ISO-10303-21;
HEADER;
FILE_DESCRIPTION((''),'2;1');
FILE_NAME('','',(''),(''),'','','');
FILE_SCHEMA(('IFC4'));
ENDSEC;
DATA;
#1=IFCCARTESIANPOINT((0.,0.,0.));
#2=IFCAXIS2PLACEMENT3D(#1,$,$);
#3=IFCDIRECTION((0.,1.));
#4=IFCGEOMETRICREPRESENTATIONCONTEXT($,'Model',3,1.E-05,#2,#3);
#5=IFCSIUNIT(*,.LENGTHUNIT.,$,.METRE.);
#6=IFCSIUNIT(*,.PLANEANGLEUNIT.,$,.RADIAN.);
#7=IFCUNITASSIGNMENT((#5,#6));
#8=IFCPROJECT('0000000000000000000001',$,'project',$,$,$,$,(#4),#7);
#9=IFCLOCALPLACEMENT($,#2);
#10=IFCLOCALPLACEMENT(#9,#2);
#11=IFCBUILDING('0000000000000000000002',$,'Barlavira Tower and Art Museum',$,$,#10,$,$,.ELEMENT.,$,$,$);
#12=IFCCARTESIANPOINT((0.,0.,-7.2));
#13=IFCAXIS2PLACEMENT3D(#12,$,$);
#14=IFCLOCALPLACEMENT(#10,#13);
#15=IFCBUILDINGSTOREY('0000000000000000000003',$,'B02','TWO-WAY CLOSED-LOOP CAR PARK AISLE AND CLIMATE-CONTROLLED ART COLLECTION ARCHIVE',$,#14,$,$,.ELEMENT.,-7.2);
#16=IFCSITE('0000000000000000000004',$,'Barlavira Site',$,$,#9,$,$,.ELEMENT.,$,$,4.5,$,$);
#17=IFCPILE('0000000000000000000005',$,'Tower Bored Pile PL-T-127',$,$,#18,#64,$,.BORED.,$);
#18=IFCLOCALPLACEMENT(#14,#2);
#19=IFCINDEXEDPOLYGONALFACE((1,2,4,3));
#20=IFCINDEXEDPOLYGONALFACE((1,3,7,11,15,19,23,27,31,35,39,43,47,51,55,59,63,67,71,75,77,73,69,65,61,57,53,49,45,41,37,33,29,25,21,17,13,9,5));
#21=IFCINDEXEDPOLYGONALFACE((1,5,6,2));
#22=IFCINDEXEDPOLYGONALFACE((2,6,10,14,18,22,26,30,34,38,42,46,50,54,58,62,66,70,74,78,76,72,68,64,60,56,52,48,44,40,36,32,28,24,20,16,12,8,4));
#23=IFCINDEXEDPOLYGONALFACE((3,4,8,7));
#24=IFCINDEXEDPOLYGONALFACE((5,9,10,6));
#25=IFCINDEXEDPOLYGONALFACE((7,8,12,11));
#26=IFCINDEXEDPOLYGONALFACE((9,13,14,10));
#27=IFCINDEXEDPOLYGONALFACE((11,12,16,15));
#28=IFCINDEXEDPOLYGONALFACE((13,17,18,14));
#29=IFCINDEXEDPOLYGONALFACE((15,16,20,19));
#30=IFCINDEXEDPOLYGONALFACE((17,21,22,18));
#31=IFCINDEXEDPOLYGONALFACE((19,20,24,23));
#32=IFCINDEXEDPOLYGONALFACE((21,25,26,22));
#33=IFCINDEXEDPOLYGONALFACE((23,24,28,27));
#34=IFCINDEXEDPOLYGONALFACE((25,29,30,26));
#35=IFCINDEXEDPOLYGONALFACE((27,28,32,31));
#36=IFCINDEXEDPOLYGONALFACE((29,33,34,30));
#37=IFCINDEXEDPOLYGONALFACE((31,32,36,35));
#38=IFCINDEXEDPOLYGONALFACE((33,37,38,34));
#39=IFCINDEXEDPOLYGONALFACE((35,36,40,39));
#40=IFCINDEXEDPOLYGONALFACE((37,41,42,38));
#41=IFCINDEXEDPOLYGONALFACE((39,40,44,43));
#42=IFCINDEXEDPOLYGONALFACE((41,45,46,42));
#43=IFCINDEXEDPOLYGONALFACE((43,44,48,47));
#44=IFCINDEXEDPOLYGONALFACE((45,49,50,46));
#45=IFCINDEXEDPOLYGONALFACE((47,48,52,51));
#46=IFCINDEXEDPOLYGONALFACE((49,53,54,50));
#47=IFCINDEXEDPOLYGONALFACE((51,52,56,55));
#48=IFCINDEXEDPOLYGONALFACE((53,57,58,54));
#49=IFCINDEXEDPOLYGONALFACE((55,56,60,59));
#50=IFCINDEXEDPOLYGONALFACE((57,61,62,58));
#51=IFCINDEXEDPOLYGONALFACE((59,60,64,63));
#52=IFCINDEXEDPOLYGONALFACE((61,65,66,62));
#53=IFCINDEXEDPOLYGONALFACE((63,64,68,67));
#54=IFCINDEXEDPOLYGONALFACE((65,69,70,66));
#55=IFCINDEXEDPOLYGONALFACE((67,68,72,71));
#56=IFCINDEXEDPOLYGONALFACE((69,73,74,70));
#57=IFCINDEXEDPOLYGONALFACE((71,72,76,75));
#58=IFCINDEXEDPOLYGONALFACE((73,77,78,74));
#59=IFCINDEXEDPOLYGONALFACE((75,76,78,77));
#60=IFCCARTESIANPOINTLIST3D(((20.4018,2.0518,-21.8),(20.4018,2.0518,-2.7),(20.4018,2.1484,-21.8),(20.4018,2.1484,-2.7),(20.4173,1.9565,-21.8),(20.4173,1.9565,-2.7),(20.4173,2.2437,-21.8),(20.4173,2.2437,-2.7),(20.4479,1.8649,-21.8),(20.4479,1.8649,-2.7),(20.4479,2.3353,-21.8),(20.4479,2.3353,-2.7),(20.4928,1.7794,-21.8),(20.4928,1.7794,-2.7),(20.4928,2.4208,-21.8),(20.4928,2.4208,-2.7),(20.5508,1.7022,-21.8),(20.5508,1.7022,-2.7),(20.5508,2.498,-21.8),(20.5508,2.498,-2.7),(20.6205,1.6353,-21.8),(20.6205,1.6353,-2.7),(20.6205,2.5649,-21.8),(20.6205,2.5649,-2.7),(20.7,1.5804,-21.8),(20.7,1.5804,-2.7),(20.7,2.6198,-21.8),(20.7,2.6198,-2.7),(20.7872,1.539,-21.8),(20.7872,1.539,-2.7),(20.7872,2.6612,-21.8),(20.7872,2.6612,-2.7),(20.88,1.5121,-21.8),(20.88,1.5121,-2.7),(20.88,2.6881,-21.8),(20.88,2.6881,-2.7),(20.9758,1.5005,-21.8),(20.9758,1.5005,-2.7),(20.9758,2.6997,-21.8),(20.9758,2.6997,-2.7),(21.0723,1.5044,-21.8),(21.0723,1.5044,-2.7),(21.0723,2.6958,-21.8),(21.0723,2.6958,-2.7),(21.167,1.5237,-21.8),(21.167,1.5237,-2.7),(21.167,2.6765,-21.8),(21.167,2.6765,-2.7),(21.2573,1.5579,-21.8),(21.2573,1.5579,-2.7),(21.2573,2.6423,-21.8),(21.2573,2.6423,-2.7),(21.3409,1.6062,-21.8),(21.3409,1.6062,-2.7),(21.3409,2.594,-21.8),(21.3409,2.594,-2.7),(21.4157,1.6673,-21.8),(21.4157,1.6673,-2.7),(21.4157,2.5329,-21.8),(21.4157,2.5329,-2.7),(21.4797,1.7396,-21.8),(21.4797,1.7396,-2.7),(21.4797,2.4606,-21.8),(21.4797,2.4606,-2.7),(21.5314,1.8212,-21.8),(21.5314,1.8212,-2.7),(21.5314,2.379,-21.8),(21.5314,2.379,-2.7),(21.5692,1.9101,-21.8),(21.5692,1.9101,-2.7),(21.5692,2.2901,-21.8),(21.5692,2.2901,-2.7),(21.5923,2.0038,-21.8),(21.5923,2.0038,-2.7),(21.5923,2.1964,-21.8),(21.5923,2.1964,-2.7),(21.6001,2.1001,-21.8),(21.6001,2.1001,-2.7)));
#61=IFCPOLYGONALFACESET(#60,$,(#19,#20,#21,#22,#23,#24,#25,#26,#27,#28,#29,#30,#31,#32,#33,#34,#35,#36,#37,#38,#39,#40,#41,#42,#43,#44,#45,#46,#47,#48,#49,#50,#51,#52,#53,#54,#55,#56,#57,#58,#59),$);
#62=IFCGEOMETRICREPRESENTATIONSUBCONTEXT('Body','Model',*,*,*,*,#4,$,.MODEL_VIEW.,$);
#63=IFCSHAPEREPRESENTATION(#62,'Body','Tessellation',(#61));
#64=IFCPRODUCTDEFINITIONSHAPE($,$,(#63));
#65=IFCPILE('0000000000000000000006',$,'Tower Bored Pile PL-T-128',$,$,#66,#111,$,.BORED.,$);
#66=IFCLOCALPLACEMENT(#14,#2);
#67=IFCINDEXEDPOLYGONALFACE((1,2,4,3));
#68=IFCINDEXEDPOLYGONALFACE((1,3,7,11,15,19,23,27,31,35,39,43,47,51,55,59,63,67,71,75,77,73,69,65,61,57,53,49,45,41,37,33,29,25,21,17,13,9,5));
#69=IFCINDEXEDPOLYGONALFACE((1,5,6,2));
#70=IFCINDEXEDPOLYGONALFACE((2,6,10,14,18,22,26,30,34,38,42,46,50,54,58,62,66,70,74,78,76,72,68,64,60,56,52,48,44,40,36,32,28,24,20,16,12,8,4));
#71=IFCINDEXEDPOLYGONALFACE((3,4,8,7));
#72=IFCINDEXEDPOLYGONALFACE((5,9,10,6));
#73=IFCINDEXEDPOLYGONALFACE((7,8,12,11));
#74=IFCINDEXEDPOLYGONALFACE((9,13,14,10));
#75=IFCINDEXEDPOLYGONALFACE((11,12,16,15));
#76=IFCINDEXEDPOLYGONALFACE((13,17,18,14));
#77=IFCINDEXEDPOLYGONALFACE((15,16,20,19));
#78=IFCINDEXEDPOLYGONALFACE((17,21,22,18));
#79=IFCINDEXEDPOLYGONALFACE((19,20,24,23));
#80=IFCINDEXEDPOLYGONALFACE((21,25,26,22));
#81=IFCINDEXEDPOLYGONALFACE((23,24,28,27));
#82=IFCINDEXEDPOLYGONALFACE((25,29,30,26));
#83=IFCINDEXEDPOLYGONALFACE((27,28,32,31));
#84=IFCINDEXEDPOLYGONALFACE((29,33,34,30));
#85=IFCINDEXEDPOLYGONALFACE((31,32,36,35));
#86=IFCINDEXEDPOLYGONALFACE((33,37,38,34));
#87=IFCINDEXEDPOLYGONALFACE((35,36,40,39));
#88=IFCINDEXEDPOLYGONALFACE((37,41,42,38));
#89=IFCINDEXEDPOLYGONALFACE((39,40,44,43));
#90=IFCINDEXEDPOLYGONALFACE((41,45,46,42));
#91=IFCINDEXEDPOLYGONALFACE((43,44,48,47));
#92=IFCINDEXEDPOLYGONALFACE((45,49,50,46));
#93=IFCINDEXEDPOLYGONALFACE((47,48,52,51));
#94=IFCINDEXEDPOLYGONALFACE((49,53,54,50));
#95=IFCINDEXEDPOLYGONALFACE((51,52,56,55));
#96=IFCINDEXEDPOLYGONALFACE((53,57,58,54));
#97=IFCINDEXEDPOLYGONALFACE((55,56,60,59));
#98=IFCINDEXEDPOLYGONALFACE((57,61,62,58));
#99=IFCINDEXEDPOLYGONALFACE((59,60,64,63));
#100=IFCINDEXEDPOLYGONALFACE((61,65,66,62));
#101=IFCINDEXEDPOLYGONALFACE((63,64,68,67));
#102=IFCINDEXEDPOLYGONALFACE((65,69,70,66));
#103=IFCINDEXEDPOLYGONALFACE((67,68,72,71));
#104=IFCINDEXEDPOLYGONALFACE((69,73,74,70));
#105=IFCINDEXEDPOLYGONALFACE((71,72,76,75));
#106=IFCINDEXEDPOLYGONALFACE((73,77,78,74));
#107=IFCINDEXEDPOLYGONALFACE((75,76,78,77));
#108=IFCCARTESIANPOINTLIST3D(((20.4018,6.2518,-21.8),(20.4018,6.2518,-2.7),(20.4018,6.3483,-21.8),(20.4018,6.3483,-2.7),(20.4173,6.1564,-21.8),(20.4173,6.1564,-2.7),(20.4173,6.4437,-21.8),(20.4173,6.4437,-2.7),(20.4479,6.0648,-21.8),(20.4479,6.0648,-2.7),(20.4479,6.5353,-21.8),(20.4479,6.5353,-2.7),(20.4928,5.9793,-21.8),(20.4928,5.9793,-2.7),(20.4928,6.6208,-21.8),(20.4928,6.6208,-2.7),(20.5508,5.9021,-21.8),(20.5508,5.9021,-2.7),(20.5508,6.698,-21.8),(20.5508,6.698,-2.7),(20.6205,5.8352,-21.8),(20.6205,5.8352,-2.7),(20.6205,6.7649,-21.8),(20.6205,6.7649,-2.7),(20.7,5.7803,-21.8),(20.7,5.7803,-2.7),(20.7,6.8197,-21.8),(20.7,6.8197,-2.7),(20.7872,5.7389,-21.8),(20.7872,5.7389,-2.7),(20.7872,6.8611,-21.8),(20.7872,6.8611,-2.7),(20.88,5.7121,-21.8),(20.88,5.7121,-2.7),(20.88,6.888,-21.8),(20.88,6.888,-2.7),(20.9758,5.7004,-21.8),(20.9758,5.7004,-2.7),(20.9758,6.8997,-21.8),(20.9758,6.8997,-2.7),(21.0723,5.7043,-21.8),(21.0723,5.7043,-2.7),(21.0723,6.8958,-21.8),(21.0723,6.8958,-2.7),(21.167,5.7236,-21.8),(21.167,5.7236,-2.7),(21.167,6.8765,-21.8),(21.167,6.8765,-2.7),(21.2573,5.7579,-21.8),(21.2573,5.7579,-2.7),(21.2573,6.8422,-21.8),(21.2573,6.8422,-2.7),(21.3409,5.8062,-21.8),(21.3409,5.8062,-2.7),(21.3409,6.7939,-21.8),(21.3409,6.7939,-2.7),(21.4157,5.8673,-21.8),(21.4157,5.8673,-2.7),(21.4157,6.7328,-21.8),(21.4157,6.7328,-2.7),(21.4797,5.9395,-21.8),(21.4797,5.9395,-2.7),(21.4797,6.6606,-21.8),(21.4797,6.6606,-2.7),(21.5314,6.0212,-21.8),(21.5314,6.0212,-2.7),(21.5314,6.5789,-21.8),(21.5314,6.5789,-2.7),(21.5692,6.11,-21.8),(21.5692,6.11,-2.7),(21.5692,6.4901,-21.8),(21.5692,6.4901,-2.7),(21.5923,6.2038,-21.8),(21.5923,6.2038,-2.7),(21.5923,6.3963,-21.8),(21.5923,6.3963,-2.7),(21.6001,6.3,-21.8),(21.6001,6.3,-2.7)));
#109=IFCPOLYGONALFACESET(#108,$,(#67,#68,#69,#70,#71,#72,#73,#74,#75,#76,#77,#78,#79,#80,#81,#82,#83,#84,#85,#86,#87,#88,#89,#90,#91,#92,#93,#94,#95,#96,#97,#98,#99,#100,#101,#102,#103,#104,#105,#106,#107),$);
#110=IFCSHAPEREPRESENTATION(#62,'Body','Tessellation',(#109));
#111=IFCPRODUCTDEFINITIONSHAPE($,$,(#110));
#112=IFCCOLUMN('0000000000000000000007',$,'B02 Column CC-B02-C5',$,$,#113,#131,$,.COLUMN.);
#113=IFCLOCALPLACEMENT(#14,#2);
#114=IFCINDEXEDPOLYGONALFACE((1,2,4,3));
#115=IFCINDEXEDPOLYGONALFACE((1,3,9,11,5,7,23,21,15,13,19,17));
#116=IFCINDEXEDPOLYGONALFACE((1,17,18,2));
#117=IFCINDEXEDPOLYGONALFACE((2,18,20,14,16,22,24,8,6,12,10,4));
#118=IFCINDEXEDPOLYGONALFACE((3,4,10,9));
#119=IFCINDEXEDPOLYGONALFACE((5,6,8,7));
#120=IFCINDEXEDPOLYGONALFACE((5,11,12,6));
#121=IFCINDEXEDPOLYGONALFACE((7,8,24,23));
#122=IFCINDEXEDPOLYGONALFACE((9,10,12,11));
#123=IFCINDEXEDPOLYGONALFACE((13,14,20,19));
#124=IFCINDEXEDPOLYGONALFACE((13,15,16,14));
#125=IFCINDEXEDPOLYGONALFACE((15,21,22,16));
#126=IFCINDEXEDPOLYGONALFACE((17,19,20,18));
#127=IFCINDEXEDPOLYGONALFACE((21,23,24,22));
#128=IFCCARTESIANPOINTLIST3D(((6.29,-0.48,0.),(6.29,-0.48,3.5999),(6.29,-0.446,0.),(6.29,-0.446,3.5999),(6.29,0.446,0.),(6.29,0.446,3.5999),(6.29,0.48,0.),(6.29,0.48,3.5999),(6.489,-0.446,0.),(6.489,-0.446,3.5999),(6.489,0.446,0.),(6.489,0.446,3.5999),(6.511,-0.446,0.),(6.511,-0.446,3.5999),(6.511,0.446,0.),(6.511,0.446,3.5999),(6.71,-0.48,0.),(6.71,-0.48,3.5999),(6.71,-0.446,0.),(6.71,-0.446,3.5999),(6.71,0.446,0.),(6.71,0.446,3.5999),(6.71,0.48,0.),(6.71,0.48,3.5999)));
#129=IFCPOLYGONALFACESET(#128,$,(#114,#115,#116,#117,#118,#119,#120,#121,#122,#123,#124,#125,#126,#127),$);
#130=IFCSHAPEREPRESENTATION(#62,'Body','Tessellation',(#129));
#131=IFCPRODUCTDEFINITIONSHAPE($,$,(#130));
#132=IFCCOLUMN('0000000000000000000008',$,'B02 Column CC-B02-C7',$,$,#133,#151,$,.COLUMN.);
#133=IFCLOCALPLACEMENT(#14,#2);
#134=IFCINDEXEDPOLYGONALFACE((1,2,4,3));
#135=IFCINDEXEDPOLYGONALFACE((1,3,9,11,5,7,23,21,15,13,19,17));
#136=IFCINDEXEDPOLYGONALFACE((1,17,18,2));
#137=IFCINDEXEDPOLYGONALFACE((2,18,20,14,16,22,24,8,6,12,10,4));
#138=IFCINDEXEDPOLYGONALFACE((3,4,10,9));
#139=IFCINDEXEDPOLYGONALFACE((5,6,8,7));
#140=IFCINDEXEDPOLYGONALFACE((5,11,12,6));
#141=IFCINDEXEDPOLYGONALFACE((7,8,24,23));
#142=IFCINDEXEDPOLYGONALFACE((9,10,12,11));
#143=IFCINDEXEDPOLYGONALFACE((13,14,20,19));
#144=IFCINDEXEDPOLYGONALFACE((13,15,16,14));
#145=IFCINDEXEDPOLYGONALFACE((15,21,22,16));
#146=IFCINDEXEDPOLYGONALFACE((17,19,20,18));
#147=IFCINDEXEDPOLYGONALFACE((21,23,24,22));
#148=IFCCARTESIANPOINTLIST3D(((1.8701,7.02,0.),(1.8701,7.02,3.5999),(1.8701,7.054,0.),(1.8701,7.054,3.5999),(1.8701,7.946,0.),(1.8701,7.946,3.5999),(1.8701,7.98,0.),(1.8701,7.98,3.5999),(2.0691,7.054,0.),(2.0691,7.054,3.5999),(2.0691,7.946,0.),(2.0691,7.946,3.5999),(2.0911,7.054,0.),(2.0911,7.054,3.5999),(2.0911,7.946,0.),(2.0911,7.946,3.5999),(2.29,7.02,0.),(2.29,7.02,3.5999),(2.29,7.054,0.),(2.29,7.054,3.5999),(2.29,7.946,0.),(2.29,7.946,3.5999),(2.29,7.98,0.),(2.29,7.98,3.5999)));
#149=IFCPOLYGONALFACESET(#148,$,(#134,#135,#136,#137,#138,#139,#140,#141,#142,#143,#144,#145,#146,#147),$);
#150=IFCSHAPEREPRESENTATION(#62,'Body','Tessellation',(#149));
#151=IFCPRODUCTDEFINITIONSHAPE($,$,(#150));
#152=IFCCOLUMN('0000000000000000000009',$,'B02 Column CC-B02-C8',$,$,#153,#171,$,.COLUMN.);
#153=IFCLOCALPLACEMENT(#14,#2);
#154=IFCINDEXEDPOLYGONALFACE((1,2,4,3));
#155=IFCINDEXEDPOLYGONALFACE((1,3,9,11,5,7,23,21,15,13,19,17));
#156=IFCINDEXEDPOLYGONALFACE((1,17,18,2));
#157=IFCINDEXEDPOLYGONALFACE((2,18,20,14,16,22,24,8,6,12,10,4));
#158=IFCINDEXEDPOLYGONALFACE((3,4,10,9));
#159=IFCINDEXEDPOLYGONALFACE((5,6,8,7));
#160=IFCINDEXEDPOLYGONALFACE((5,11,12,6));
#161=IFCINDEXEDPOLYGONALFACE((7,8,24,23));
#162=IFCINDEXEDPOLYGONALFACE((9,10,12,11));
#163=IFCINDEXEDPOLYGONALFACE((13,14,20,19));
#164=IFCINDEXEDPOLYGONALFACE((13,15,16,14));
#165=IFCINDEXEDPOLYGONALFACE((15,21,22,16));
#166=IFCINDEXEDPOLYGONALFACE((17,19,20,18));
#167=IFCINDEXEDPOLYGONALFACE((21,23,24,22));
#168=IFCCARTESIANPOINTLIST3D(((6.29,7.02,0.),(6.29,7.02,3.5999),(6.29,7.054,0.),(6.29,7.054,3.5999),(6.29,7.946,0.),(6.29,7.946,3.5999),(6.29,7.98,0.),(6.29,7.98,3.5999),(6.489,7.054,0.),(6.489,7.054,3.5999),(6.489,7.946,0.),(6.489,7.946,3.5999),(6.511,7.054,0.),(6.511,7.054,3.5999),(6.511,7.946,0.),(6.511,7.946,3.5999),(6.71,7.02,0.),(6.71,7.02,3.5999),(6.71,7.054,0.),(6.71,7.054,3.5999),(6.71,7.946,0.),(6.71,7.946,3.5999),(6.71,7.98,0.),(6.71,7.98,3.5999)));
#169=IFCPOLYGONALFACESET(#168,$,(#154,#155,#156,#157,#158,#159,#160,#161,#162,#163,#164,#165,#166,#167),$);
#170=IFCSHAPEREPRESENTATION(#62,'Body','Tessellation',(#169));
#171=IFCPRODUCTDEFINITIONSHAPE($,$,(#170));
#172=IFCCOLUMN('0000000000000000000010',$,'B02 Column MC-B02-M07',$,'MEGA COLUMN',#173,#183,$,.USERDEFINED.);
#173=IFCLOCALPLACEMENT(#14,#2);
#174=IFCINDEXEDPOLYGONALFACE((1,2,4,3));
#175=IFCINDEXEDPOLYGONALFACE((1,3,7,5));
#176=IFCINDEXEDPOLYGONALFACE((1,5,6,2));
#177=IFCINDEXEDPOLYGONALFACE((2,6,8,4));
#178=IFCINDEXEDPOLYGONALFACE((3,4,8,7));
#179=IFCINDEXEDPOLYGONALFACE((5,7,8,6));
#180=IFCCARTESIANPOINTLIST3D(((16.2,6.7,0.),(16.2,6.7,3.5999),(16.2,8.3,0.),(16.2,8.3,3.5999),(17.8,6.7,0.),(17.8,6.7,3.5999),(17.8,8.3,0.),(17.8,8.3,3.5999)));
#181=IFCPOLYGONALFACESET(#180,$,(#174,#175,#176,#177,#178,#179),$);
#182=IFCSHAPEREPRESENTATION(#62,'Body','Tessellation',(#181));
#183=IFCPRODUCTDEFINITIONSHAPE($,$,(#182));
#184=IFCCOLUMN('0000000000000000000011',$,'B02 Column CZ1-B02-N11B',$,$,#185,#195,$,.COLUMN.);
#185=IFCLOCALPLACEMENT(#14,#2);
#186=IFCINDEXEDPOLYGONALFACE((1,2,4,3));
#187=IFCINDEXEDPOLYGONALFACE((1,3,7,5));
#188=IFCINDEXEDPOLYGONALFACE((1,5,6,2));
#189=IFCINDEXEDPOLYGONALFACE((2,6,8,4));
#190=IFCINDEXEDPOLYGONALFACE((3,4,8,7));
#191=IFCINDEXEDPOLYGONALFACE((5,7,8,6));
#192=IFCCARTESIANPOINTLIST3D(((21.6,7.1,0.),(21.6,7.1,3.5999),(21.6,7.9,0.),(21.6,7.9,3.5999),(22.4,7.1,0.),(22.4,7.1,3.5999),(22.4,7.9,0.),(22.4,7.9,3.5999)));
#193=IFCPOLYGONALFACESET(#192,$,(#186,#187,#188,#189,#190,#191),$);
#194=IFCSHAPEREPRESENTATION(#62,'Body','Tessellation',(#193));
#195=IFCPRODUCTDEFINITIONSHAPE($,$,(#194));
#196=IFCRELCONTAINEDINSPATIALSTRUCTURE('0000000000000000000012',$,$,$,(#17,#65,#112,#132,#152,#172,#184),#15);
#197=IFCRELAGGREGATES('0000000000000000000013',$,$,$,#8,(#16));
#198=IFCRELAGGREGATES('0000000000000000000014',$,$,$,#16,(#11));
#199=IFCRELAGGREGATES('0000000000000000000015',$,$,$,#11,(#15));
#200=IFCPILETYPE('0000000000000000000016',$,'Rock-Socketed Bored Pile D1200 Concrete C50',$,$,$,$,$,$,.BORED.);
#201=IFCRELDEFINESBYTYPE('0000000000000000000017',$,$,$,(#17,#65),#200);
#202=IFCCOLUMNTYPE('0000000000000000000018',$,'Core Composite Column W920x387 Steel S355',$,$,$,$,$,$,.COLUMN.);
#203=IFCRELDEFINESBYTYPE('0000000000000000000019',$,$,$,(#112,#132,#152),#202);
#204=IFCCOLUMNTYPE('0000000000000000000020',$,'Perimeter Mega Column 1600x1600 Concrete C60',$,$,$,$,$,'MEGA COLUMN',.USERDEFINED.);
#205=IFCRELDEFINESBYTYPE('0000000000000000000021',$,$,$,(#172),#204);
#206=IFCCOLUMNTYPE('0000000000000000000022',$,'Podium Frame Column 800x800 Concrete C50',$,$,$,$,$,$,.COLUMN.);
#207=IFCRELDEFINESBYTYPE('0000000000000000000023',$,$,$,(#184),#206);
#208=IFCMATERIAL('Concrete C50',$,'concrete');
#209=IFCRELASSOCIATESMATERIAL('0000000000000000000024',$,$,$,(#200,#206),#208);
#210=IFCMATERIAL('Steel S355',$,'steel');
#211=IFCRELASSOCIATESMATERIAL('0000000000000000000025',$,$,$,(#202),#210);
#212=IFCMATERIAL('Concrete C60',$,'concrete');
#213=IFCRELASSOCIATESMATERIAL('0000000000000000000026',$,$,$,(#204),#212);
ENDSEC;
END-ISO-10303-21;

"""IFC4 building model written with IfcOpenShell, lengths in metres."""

from ifc_helpers import new_model, si_unit, direction, frame, origin, origin_2d, place, context, subcontext, project, spatial, rectangle, circle, i_section, extrude, material, material_profile, profile_set, type_object, element, save


model = new_model("IFC4")

# Units and contexts
model_context = context("Model", 3, precision=1e-05, world=origin(), true_north=direction((0.0, 1.0)))
body_context = subcontext(model_context, "Body", "Model", "MODEL_VIEW")
ifc_project = project(units=[si_unit("LENGTHUNIT", "METRE"), si_unit("PLANEANGLEUNIT", "RADIAN")], contexts=[model_context])

# Site, building, storey
site_placement = place(None, origin())
site = spatial("IfcSite", under=ifc_project, at=site_placement, Name="Barlavira Site", CompositionType="ELEMENT", RefElevation=4.5)
building_placement = place(site_placement, origin())
building = spatial("IfcBuilding", under=site, at=building_placement, Name="Barlavira Tower and Art Museum", CompositionType="ELEMENT")
storey_placement = place(building_placement, frame((0.0, 0.0, -7.2)))
storey = spatial("IfcBuildingStorey", under=building, at=storey_placement, Name="B02", Description="TWO-WAY CLOSED-LOOP CAR PARK AISLE AND CLIMATE-CONTROLLED ART COLLECTION ARCHIVE", CompositionType="ELEMENT", Elevation=-7.2)

# Piles
ifc_material_1 = material(Name="Concrete C50", Category="concrete")
ifc_material_profile_1 = material_profile(ifc_material_1, circle(Radius=0.6001, at=origin_2d()), Name="BORED PILE D1200")
ifc_profile_set_1 = profile_set([ifc_material_profile_1], Name="Concrete C50")
pile_type = type_object("IfcPileType", Name="Rock-Socketed Bored Pile D1200 Concrete C50", PredefinedType="BORED", material=ifc_profile_set_1)
for number, where, z_axis, x_axis, name in (
    (1, (21.0, 2.1001, -2.7), (0.0, 0.0, -1.0), (1.0, 0.0, 0.0), "Tower Bored Pile PL-T-127"),
    (2, (21.0, 6.3, -2.7), (0.0, 0.0, -1.0), (1.0, 0.0, 0.0), "Tower Bored Pile PL-T-128"),
):
    element("IfcPile", number, at=place(storey_placement, frame(where, z_axis=z_axis, x_axis=x_axis)), inside=storey, type_object=pile_type, Name=name, PredefinedType="BORED", context=body_context, shape_type="SweptSolid", body=[
        extrude(circle(Radius=0.6001, at=origin_2d()), origin(), (0.0, 0.0, 1.0), 19.1001),
    ])

# Columns
ifc_material_2 = material(Name="Steel S355", Category="steel")
ifc_material_profile_2 = material_profile(ifc_material_2, i_section(OverallWidth=0.4199, OverallDepth=0.96, WebThickness=0.022, FlangeThickness=0.0339, at=origin_2d()), Name="W920x387.0")
ifc_profile_set_2 = profile_set([ifc_material_profile_2], Name="Steel S355")
column_type_1 = type_object("IfcColumnType", Name="Core Composite Column W920x387 Steel S355", PredefinedType="COLUMN", material=ifc_profile_set_2)
for number, where, z_axis, x_axis, name in (
    (3, (6.5, 0.0, 0.0), (0.0, 0.0, 1.0), (1.0, 0.0, 0.0), "B02 Column CC-B02-C5"),
    (4, (2.0801, 7.5, 0.0), (0.0, 0.0, 1.0), (1.0, 0.0, 0.0), "B02 Column CC-B02-C7"),
    (5, (6.5, 7.5, 0.0), (0.0, 0.0, 1.0), (1.0, 0.0, 0.0), "B02 Column CC-B02-C8"),
):
    element("IfcColumn", number, at=place(storey_placement, frame(where, z_axis=z_axis, x_axis=x_axis)), inside=storey, type_object=column_type_1, Name=name, PredefinedType="COLUMN", context=body_context, shape_type="SweptSolid", body=[
        extrude(i_section(OverallWidth=0.4199, OverallDepth=0.96, WebThickness=0.022, FlangeThickness=0.0339, at=origin_2d()), origin(), (0.0, 0.0, 1.0), 3.5999),
    ])
ifc_material_3 = material(Name="Concrete C60", Category="concrete")
ifc_material_profile_3 = material_profile(ifc_material_3, rectangle(XDim=1.6001, YDim=1.6001, at=origin_2d()), Name="RC-MCOL 1600x1600")
ifc_profile_set_3 = profile_set([ifc_material_profile_3], Name="Concrete C60")
column_type_2 = type_object("IfcColumnType", Name="Perimeter Mega Column 1600x1600 Concrete C60", ElementType="MEGA COLUMN", PredefinedType="USERDEFINED", material=ifc_profile_set_3)
column_1_placement = place(storey_placement, frame((17.0, 7.5, 0.0), z_axis=(0.0, 0.0, 1.0), x_axis=(1.0, 0.0, 0.0)))
element("IfcColumn", 6, at=column_1_placement, inside=storey, type_object=column_type_2, Name="B02 Column MC-B02-M07", ObjectType="MEGA COLUMN", PredefinedType="USERDEFINED", context=body_context, shape_type="SweptSolid", body=[
    extrude(rectangle(XDim=1.6001, YDim=1.6001, at=origin_2d()), origin(), (0.0, 0.0, 1.0), 3.5999),
])
ifc_material_profile_4 = material_profile(ifc_material_1, rectangle(XDim=0.8, YDim=0.8, at=origin_2d()), Name="RC-COL 800x800")
ifc_profile_set_4 = profile_set([ifc_material_profile_4], Name="Concrete C50")
column_type_3 = type_object("IfcColumnType", Name="Podium Frame Column 800x800 Concrete C50", PredefinedType="COLUMN", material=ifc_profile_set_4)
column_2_placement = place(storey_placement, frame((22.0, 7.5, 0.0), z_axis=(0.0, 0.0, 1.0), x_axis=(1.0, 0.0, 0.0)))
element("IfcColumn", 7, at=column_2_placement, inside=storey, type_object=column_type_3, Name="B02 Column CZ1-B02-N11B", PredefinedType="COLUMN", context=body_context, shape_type="SweptSolid", body=[
    extrude(rectangle(XDim=0.8, YDim=0.8, at=origin_2d()), origin(), (0.0, 0.0, 1.0), 3.5999),
])

save(model, "model.ifc")
